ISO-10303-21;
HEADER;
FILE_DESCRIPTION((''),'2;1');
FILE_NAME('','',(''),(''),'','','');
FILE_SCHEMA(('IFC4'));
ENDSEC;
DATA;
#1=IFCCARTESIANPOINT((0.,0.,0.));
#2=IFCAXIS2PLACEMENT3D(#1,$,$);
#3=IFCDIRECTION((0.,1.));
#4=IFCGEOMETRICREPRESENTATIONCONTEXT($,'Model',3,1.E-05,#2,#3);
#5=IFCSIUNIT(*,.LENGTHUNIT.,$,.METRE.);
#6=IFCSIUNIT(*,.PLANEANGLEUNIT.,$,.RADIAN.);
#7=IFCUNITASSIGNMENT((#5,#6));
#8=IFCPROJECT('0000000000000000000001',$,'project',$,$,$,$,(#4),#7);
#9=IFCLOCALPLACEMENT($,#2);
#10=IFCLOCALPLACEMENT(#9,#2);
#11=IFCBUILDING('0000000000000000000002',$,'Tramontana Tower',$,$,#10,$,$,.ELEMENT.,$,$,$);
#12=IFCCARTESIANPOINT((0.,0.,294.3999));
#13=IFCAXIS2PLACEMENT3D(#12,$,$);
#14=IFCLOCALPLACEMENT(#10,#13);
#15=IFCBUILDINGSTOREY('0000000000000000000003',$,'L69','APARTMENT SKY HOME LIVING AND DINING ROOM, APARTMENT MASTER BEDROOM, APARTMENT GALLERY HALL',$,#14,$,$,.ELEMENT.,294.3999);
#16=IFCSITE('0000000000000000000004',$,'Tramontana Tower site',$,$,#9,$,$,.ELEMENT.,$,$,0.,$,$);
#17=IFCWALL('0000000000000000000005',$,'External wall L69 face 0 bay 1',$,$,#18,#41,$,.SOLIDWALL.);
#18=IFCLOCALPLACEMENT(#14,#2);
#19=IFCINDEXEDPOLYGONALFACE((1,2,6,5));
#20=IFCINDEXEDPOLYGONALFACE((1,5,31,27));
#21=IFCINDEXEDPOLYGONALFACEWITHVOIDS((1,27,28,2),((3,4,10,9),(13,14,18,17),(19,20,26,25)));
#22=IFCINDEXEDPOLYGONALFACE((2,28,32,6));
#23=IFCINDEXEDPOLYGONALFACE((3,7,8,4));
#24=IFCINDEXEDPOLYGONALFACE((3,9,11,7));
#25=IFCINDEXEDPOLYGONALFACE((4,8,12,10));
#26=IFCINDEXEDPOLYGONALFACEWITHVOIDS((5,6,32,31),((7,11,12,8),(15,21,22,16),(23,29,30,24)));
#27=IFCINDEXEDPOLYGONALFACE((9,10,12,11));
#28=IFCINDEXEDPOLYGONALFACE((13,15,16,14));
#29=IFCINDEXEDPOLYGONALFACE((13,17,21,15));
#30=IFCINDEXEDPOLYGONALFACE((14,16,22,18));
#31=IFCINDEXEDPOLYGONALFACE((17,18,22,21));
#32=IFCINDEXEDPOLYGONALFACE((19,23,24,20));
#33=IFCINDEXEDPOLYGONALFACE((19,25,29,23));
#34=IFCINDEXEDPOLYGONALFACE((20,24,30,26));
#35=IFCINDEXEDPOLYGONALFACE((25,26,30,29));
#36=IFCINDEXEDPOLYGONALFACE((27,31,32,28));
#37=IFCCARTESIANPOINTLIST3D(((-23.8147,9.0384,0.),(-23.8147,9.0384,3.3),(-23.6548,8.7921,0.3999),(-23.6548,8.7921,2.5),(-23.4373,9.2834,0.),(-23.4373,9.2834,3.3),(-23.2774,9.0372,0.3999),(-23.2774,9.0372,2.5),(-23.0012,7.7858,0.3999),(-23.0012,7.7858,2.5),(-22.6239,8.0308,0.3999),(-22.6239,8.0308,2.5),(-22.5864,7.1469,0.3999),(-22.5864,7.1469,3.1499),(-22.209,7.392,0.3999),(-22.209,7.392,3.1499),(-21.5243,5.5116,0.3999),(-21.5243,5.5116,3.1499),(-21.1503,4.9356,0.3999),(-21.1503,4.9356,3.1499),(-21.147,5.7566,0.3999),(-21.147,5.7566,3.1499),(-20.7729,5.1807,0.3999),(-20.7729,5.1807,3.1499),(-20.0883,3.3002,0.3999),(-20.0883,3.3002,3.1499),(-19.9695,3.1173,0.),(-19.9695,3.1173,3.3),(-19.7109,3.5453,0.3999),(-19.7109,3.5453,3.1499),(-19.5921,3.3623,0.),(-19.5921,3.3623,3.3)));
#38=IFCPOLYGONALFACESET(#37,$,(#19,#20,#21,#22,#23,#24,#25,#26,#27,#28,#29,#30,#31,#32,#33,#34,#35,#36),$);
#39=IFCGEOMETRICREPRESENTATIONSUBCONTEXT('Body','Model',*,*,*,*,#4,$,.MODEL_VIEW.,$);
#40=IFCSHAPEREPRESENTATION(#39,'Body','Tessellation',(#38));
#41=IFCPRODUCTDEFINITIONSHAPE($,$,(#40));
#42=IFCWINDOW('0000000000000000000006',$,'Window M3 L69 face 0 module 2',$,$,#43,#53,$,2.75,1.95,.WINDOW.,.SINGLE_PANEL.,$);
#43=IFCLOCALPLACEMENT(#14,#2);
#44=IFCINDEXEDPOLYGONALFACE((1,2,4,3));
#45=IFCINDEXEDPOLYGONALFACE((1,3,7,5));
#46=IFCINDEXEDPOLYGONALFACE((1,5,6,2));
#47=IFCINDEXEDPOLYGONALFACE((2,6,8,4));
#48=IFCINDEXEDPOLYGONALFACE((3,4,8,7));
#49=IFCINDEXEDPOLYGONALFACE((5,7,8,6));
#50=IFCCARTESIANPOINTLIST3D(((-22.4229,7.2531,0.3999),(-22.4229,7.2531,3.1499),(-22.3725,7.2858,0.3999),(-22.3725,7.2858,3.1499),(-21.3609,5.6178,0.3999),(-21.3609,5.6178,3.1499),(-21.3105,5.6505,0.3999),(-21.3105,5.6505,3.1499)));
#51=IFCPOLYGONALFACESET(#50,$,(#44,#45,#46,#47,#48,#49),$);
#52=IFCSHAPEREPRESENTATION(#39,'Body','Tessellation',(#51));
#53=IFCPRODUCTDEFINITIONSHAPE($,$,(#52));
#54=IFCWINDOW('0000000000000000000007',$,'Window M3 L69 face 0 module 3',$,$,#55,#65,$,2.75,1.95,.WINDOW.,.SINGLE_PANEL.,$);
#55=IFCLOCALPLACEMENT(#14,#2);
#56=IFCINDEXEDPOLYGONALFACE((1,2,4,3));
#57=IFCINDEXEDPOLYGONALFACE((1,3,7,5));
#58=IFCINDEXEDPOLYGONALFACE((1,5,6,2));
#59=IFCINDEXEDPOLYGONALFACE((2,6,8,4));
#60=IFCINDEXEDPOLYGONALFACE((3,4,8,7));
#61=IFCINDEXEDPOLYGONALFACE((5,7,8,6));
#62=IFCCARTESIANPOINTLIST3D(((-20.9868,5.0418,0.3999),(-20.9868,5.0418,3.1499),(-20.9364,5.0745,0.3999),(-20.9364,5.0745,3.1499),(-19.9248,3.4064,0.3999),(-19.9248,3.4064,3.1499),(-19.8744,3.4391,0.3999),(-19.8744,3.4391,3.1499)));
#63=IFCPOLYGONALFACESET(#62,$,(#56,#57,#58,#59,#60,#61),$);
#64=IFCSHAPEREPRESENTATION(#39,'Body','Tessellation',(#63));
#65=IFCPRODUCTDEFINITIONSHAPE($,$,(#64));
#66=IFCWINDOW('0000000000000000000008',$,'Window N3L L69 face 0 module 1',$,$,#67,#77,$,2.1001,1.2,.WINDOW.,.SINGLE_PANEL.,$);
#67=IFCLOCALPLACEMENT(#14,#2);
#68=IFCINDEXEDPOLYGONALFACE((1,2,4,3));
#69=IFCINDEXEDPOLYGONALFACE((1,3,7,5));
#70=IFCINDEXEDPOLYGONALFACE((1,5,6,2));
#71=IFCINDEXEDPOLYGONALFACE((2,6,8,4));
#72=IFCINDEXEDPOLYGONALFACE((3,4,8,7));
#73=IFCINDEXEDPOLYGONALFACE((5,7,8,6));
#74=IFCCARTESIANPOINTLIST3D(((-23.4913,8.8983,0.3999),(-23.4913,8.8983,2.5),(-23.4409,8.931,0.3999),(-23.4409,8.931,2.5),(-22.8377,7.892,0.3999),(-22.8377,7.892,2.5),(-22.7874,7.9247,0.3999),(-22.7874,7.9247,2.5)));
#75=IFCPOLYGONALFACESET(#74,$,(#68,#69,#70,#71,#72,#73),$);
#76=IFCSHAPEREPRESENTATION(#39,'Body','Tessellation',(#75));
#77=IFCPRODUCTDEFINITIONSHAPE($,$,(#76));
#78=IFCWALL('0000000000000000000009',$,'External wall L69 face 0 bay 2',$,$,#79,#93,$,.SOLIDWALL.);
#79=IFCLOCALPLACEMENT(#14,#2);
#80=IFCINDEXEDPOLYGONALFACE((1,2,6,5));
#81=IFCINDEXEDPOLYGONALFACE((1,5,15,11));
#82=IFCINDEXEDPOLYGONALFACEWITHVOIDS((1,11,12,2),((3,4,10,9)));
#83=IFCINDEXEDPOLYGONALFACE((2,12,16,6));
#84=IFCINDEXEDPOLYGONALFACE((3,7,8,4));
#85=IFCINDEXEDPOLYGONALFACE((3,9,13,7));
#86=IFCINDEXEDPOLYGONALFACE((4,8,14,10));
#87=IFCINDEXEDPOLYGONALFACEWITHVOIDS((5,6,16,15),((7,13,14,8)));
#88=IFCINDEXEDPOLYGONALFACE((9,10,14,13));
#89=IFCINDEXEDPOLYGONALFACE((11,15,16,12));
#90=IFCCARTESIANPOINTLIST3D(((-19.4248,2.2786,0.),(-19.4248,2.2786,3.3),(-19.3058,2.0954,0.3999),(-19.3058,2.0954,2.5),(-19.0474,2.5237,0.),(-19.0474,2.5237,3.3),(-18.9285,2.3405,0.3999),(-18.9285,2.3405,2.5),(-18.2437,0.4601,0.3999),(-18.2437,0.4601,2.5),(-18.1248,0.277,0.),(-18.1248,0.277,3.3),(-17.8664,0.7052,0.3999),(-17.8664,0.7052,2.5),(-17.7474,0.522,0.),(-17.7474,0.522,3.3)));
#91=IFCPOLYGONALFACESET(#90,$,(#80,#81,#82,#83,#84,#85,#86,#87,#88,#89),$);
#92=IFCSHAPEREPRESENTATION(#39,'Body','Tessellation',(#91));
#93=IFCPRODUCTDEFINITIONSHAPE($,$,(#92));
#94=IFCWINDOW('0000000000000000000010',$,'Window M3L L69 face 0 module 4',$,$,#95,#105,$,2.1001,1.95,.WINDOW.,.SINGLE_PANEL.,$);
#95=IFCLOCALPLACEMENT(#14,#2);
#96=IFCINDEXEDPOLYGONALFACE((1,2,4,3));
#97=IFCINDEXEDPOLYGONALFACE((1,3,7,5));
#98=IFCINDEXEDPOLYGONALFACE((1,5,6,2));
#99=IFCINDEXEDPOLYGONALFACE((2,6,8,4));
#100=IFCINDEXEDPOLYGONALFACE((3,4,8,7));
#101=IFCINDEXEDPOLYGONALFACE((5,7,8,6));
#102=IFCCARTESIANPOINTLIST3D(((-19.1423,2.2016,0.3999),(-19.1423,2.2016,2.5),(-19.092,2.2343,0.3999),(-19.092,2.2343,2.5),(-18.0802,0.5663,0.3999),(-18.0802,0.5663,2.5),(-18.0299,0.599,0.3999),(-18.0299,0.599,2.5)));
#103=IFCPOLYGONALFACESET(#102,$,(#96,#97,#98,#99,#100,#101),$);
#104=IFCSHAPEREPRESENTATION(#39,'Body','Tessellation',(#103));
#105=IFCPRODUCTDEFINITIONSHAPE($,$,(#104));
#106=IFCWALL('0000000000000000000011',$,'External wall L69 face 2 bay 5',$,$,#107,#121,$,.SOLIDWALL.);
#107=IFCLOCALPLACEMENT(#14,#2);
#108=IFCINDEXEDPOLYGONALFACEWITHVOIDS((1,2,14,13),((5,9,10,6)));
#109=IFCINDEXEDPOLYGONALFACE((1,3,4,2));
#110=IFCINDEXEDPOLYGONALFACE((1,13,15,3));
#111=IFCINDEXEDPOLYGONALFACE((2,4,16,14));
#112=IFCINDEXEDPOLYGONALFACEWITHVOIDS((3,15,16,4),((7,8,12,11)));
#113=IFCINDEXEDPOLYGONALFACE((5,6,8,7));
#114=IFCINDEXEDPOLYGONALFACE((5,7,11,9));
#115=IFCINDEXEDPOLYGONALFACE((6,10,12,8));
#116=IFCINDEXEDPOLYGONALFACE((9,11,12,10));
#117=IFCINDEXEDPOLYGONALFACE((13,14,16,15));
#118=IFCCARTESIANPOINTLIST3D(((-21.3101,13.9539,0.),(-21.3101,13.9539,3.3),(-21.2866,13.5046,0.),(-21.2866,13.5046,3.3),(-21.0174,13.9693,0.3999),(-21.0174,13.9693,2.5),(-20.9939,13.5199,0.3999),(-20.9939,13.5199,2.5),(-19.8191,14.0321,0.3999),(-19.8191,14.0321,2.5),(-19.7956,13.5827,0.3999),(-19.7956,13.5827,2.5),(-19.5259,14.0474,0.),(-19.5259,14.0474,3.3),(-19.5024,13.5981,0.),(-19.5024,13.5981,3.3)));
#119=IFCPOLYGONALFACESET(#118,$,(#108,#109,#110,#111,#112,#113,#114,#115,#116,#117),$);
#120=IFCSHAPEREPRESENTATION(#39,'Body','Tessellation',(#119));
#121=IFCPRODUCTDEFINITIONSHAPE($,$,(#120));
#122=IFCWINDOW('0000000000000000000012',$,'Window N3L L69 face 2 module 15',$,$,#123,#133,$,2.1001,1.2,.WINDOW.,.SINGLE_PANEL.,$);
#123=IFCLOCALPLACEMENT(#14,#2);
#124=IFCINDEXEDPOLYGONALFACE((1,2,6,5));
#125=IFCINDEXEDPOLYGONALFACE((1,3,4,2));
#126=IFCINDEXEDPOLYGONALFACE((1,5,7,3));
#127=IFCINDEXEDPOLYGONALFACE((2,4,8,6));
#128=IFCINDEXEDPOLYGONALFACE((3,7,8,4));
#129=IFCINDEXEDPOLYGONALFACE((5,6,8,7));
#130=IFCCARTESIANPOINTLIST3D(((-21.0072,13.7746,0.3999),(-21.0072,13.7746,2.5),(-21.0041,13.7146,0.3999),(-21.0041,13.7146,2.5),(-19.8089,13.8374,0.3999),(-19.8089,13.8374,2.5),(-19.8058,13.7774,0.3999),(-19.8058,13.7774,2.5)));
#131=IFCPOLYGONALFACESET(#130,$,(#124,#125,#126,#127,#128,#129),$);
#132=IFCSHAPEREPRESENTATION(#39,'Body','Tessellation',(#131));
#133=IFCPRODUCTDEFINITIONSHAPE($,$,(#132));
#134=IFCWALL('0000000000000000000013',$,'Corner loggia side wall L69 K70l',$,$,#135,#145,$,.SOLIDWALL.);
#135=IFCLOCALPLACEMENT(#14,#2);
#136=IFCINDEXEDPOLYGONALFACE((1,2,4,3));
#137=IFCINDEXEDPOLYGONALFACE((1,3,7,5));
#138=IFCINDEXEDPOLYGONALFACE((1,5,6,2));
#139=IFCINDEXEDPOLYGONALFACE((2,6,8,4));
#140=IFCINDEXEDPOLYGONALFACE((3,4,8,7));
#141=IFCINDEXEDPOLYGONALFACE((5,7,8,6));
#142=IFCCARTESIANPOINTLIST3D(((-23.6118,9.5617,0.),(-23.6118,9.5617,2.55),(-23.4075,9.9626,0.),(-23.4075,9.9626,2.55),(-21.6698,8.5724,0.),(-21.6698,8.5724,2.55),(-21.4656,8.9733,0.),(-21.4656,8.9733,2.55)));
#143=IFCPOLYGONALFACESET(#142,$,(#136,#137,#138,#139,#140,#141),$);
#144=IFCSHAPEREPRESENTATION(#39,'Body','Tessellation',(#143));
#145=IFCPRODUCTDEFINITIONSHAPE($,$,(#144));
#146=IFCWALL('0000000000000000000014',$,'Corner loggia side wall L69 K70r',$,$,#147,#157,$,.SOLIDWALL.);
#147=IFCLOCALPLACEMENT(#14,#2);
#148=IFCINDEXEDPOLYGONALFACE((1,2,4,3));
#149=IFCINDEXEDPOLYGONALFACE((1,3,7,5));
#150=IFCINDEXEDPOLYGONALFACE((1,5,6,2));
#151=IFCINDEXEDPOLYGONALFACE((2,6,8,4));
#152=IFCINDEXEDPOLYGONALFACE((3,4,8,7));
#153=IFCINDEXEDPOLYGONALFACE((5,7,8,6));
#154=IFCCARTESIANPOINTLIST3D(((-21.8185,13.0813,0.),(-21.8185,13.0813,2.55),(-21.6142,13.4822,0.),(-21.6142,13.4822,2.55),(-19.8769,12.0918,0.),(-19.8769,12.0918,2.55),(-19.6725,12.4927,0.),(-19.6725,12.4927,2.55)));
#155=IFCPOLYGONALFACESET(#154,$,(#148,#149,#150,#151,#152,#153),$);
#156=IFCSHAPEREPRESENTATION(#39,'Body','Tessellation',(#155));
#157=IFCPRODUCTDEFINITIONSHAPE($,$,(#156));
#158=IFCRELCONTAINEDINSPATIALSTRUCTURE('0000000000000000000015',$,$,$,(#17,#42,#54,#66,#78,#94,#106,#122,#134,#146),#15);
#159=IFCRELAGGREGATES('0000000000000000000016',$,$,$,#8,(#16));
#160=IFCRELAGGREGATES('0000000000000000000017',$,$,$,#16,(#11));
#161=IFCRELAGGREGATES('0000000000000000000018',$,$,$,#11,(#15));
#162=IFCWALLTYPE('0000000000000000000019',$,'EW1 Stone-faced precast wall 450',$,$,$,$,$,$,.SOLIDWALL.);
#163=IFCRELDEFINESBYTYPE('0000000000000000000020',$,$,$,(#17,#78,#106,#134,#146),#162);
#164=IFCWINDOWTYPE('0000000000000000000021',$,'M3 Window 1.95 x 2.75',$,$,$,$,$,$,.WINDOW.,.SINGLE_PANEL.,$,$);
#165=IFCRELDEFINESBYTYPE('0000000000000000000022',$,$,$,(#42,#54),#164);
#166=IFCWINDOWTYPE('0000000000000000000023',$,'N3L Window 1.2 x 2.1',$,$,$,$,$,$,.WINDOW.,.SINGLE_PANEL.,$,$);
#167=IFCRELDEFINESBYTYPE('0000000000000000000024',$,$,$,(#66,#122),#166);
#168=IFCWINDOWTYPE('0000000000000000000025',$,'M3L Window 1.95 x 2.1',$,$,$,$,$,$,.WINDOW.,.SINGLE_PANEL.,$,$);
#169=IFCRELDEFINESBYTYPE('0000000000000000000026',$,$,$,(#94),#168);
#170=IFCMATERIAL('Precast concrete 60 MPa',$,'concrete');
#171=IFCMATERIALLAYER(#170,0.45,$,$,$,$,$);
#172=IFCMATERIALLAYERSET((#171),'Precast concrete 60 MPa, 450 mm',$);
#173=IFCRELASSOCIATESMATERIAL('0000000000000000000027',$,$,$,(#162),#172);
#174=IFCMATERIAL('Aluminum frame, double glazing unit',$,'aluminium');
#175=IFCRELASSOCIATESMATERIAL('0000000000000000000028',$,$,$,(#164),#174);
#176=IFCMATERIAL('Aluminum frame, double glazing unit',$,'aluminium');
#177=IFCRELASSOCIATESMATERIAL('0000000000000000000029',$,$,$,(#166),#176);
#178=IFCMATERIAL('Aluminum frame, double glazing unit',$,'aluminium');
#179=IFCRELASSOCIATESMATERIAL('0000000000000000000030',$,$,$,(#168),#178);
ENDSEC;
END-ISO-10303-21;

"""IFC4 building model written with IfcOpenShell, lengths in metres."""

from ifc_helpers import new_model, si_unit, direction, frame, frame_2d, origin, place, context, subcontext, project, spatial, rectangle, extrude, material, layer, layer_set, type_object, element, fill, save


model = new_model("IFC4")

# Units and contexts
model_context = context("Model", 3, precision=1e-05, world=origin(), true_north=direction((0.0, 1.0)))
body_context = subcontext(model_context, "Body", "Model", "MODEL_VIEW")
ifc_project = project(units=[si_unit("LENGTHUNIT", "METRE"), si_unit("PLANEANGLEUNIT", "RADIAN")], contexts=[model_context])

# Site, building, storey
site_placement = place(None, origin())
site = spatial("IfcSite", under=ifc_project, at=site_placement, Name="Tramontana Tower site", CompositionType="ELEMENT", RefElevation=0.0)
building_placement = place(site_placement, origin())
building = spatial("IfcBuilding", under=site, at=building_placement, Name="Tramontana Tower", CompositionType="ELEMENT")
storey_placement = place(building_placement, frame((0.0, 0.0, 294.3999)))
storey = spatial("IfcBuildingStorey", under=building, at=storey_placement, Name="L69", Description="APARTMENT SKY HOME LIVING AND DINING ROOM, APARTMENT MASTER BEDROOM, APARTMENT GALLERY HALL", CompositionType="ELEMENT", Elevation=294.3999)

# Wall, openings, windows
ifc_material_1 = material(Name="Precast concrete 60 MPa", Category="concrete")
ifc_layer_1 = layer(ifc_material_1, 0.45)
ifc_layer_set_1 = layer_set([ifc_layer_1], Name="Precast concrete 60 MPa, 450 mm")
wall_type_1 = type_object("IfcWallType", Name="EW1 Stone-faced precast wall 450", PredefinedType="SOLIDWALL", material=ifc_layer_set_1)
wall_1_placement = place(storey_placement, frame((-23.626, 9.1609, 0.0), z_axis=(0.0, 0.0, 1.0), x_axis=(0.544637, -0.838672, 0.0)))
wall_1 = element("IfcWall", 1, at=wall_1_placement, inside=storey, type_object=wall_type_1, Name="External wall L69 face 0 bay 1", PredefinedType="SOLIDWALL", context=body_context, shape_type="SweptSolid", body=[
    extrude(rectangle(XDim=7.0601, YDim=0.45, at=frame_2d((3.53, 0.0))), origin(), (0.0, 0.0, 1.0), 3.3),
])
opening_1_placement = place(wall_1_placement, frame((0.2935, 0.0, 0.3999)))
opening_1 = element("IfcOpeningElement", 2, at=opening_1_placement, cuts=wall_1, PredefinedType="OPENING", context=body_context, shape_type="SweptSolid", body=[
    extrude(rectangle(XDim=1.2, YDim=2.1001, at=frame_2d((0.6001, 1.05))), frame((0.0, 0.2349, 0.0), z_axis=(0.0, -1.0, 0.0), x_axis=(1.0, 0.0, 0.0)), (0.0, 0.0, 1.0), 0.47),
])
opening_2_placement = place(wall_1_placement, frame((2.2551, 0.0, 0.3999)))
opening_2 = element("IfcOpeningElement", 3, at=opening_2_placement, cuts=wall_1, PredefinedType="OPENING", context=body_context, shape_type="SweptSolid", body=[
    extrude(rectangle(XDim=1.95, YDim=2.75, at=frame_2d((0.9751, 1.375))), frame((0.0, 0.2349, 0.0), z_axis=(0.0, -1.0, 0.0), x_axis=(1.0, 0.0, 0.0)), (0.0, 0.0, 1.0), 0.47),
])
opening_3_placement = place(wall_1_placement, frame((4.8918, 0.0, 0.3999)))
opening_3 = element("IfcOpeningElement", 4, at=opening_3_placement, cuts=wall_1, PredefinedType="OPENING", context=body_context, shape_type="SweptSolid", body=[
    extrude(rectangle(XDim=1.95, YDim=2.75, at=frame_2d((0.9751, 1.375))), frame((0.0, 0.2349, 0.0), z_axis=(0.0, -1.0, 0.0), x_axis=(1.0, 0.0, 0.0)), (0.0, 0.0, 1.0), 0.47),
])
ifc_material_2 = material(Name="Aluminum frame, double glazing unit", Category="aluminium")
window_type_1 = type_object("IfcWindowType", Name="M3 Window 1.95 x 2.75", PartitioningType="SINGLE_PANEL", PredefinedType="WINDOW", material=ifc_material_2)
window_1_placement = place(opening_2_placement, origin())
window_1 = element("IfcWindow", 5, at=window_1_placement, inside=storey, type_object=window_type_1, Name="Window M3 L69 face 0 module 2", OverallHeight=2.75, OverallWidth=1.95, PartitioningType="SINGLE_PANEL", PredefinedType="WINDOW", context=body_context, shape_type="SweptSolid", body=[
    extrude(rectangle(XDim=1.95, YDim=2.75, at=frame_2d((0.9751, 1.375))), frame((0.0, 0.03, 0.0), z_axis=(0.0, -1.0, 0.0), x_axis=(1.0, 0.0, 0.0)), (0.0, 0.0, 1.0), 0.0601),
])
fill(opening_2, window_1)
window_2_placement = place(opening_3_placement, origin())
window_2 = element("IfcWindow", 6, at=window_2_placement, inside=storey, type_object=window_type_1, Name="Window M3 L69 face 0 module 3", OverallHeight=2.75, OverallWidth=1.95, PartitioningType="SINGLE_PANEL", PredefinedType="WINDOW", context=body_context, shape_type="SweptSolid", body=[
    extrude(rectangle(XDim=1.95, YDim=2.75, at=frame_2d((0.9751, 1.375))), frame((0.0, 0.03, 0.0), z_axis=(0.0, -1.0, 0.0), x_axis=(1.0, 0.0, 0.0)), (0.0, 0.0, 1.0), 0.0601),
])
fill(opening_3, window_2)
ifc_material_3 = material(Name="Aluminum frame, double glazing unit", Category="aluminium")
window_type_2 = type_object("IfcWindowType", Name="N3L Window 1.2 x 2.1", PartitioningType="SINGLE_PANEL", PredefinedType="WINDOW", material=ifc_material_3)
window_3_placement = place(opening_1_placement, origin())
window_3 = element("IfcWindow", 7, at=window_3_placement, inside=storey, type_object=window_type_2, Name="Window N3L L69 face 0 module 1", OverallHeight=2.1001, OverallWidth=1.2, PartitioningType="SINGLE_PANEL", PredefinedType="WINDOW", context=body_context, shape_type="SweptSolid", body=[
    extrude(rectangle(XDim=1.2, YDim=2.1001, at=frame_2d((0.6001, 1.05))), frame((0.0, 0.03, 0.0), z_axis=(0.0, -1.0, 0.0), x_axis=(1.0, 0.0, 0.0)), (0.0, 0.0, 1.0), 0.0601),
])
fill(opening_1, window_3)

# Walls, openings, windows
wall_2_placement = place(storey_placement, frame((-19.2361, 2.4011, 0.0), z_axis=(0.0, 0.0, 1.0), x_axis=(0.544676, -0.838647, 0.0)))
wall_2 = element("IfcWall", 8, at=wall_2_placement, inside=storey, type_object=wall_type_1, Name="External wall L69 face 0 bay 2", PredefinedType="SOLIDWALL", context=body_context, shape_type="SweptSolid", body=[
    extrude(rectangle(XDim=2.3867, YDim=0.45, at=frame_2d((1.1934, 0.0))), origin(), (0.0, 0.0, 1.0), 3.3),
])
opening_4_placement = place(wall_2_placement, frame((0.2183, 0.0, 0.3999)))
opening_4 = element("IfcOpeningElement", 9, at=opening_4_placement, cuts=wall_2, PredefinedType="OPENING", context=body_context, shape_type="SweptSolid", body=[
    extrude(rectangle(XDim=1.95, YDim=2.1001, at=frame_2d((0.9751, 1.05))), frame((0.0, 0.2349, 0.0), z_axis=(0.0, -1.0, 0.0), x_axis=(1.0, 0.0, 0.0)), (0.0, 0.0, 1.0), 0.47),
])
ifc_material_4 = material(Name="Aluminum frame, double glazing unit", Category="aluminium")
window_type_3 = type_object("IfcWindowType", Name="M3L Window 1.95 x 2.1", PartitioningType="SINGLE_PANEL", PredefinedType="WINDOW", material=ifc_material_4)
window_4_placement = place(opening_4_placement, origin())
window_4 = element("IfcWindow", 10, at=window_4_placement, inside=storey, type_object=window_type_3, Name="Window M3L L69 face 0 module 4", OverallHeight=2.1001, OverallWidth=1.95, PartitioningType="SINGLE_PANEL", PredefinedType="WINDOW", context=body_context, shape_type="SweptSolid", body=[
    extrude(rectangle(XDim=1.95, YDim=2.1001, at=frame_2d((0.9751, 1.05))), frame((0.0, 0.03, 0.0), z_axis=(0.0, -1.0, 0.0), x_axis=(1.0, 0.0, 0.0)), (0.0, 0.0, 1.0), 0.0601),
])
fill(opening_4, window_4)
wall_3_placement = place(storey_placement, frame((-19.5142, 13.8228, 0.0), z_axis=(0.0, 0.0, 1.0), x_axis=(-0.99863, -0.052336, 0.0)))
wall_3 = element("IfcWall", 11, at=wall_3_placement, inside=storey, type_object=wall_type_1, Name="External wall L69 face 2 bay 5", PredefinedType="SOLIDWALL", context=body_context, shape_type="SweptSolid", body=[
    extrude(rectangle(XDim=1.7866, YDim=0.45, at=frame_2d((0.8933, 0.0))), origin(), (0.0, 0.0, 1.0), 3.3),
])
opening_5_placement = place(wall_3_placement, frame((0.2935, 0.0, 0.3999)))
opening_5 = element("IfcOpeningElement", 12, at=opening_5_placement, cuts=wall_3, PredefinedType="OPENING", context=body_context, shape_type="SweptSolid", body=[
    extrude(rectangle(XDim=1.2, YDim=2.1001, at=frame_2d((0.6001, 1.05))), frame((0.0, 0.2349, 0.0), z_axis=(0.0, -1.0, 0.0), x_axis=(1.0, 0.0, 0.0)), (0.0, 0.0, 1.0), 0.47),
])
window_5_placement = place(opening_5_placement, origin())
window_5 = element("IfcWindow", 13, at=window_5_placement, inside=storey, type_object=window_type_2, Name="Window N3L L69 face 2 module 15", OverallHeight=2.1001, OverallWidth=1.2, PartitioningType="SINGLE_PANEL", PredefinedType="WINDOW", context=body_context, shape_type="SweptSolid", body=[
    extrude(rectangle(XDim=1.2, YDim=2.1001, at=frame_2d((0.6001, 1.05))), frame((0.0, 0.03, 0.0), z_axis=(0.0, -1.0, 0.0), x_axis=(1.0, 0.0, 0.0)), (0.0, 0.0, 1.0), 0.0601),
])
fill(opening_5, window_5)

# Walls
wall_4_placement = place(storey_placement, frame((-23.5098, 9.7622, 0.0), z_axis=(0.0, 0.0, 1.0), x_axis=(0.891041, -0.453922, 0.0)))
element("IfcWall", 14, at=wall_4_placement, inside=storey, type_object=wall_type_1, Name="Corner loggia side wall L69 K70l", PredefinedType="SOLIDWALL", context=body_context, shape_type="SweptSolid", body=[
    extrude(rectangle(XDim=2.1794, YDim=0.45, at=frame_2d((1.0898, 0.0))), origin(), (0.0, 0.0, 1.0), 2.55),
])
wall_5_placement = place(storey_placement, frame((-21.7163, 13.2817, 0.0), z_axis=(0.0, 0.0, 1.0), x_axis=(0.890973, -0.454057, 0.0)))
element("IfcWall", 15, at=wall_5_placement, inside=storey, type_object=wall_type_1, Name="Corner loggia side wall L69 K70r", PredefinedType="SOLIDWALL", context=body_context, shape_type="SweptSolid", body=[
    extrude(rectangle(XDim=2.1792, YDim=0.45, at=frame_2d((1.0896, 0.0))), origin(), (0.0, 0.0, 1.0), 2.55),
])

save(model, "model.ifc")
